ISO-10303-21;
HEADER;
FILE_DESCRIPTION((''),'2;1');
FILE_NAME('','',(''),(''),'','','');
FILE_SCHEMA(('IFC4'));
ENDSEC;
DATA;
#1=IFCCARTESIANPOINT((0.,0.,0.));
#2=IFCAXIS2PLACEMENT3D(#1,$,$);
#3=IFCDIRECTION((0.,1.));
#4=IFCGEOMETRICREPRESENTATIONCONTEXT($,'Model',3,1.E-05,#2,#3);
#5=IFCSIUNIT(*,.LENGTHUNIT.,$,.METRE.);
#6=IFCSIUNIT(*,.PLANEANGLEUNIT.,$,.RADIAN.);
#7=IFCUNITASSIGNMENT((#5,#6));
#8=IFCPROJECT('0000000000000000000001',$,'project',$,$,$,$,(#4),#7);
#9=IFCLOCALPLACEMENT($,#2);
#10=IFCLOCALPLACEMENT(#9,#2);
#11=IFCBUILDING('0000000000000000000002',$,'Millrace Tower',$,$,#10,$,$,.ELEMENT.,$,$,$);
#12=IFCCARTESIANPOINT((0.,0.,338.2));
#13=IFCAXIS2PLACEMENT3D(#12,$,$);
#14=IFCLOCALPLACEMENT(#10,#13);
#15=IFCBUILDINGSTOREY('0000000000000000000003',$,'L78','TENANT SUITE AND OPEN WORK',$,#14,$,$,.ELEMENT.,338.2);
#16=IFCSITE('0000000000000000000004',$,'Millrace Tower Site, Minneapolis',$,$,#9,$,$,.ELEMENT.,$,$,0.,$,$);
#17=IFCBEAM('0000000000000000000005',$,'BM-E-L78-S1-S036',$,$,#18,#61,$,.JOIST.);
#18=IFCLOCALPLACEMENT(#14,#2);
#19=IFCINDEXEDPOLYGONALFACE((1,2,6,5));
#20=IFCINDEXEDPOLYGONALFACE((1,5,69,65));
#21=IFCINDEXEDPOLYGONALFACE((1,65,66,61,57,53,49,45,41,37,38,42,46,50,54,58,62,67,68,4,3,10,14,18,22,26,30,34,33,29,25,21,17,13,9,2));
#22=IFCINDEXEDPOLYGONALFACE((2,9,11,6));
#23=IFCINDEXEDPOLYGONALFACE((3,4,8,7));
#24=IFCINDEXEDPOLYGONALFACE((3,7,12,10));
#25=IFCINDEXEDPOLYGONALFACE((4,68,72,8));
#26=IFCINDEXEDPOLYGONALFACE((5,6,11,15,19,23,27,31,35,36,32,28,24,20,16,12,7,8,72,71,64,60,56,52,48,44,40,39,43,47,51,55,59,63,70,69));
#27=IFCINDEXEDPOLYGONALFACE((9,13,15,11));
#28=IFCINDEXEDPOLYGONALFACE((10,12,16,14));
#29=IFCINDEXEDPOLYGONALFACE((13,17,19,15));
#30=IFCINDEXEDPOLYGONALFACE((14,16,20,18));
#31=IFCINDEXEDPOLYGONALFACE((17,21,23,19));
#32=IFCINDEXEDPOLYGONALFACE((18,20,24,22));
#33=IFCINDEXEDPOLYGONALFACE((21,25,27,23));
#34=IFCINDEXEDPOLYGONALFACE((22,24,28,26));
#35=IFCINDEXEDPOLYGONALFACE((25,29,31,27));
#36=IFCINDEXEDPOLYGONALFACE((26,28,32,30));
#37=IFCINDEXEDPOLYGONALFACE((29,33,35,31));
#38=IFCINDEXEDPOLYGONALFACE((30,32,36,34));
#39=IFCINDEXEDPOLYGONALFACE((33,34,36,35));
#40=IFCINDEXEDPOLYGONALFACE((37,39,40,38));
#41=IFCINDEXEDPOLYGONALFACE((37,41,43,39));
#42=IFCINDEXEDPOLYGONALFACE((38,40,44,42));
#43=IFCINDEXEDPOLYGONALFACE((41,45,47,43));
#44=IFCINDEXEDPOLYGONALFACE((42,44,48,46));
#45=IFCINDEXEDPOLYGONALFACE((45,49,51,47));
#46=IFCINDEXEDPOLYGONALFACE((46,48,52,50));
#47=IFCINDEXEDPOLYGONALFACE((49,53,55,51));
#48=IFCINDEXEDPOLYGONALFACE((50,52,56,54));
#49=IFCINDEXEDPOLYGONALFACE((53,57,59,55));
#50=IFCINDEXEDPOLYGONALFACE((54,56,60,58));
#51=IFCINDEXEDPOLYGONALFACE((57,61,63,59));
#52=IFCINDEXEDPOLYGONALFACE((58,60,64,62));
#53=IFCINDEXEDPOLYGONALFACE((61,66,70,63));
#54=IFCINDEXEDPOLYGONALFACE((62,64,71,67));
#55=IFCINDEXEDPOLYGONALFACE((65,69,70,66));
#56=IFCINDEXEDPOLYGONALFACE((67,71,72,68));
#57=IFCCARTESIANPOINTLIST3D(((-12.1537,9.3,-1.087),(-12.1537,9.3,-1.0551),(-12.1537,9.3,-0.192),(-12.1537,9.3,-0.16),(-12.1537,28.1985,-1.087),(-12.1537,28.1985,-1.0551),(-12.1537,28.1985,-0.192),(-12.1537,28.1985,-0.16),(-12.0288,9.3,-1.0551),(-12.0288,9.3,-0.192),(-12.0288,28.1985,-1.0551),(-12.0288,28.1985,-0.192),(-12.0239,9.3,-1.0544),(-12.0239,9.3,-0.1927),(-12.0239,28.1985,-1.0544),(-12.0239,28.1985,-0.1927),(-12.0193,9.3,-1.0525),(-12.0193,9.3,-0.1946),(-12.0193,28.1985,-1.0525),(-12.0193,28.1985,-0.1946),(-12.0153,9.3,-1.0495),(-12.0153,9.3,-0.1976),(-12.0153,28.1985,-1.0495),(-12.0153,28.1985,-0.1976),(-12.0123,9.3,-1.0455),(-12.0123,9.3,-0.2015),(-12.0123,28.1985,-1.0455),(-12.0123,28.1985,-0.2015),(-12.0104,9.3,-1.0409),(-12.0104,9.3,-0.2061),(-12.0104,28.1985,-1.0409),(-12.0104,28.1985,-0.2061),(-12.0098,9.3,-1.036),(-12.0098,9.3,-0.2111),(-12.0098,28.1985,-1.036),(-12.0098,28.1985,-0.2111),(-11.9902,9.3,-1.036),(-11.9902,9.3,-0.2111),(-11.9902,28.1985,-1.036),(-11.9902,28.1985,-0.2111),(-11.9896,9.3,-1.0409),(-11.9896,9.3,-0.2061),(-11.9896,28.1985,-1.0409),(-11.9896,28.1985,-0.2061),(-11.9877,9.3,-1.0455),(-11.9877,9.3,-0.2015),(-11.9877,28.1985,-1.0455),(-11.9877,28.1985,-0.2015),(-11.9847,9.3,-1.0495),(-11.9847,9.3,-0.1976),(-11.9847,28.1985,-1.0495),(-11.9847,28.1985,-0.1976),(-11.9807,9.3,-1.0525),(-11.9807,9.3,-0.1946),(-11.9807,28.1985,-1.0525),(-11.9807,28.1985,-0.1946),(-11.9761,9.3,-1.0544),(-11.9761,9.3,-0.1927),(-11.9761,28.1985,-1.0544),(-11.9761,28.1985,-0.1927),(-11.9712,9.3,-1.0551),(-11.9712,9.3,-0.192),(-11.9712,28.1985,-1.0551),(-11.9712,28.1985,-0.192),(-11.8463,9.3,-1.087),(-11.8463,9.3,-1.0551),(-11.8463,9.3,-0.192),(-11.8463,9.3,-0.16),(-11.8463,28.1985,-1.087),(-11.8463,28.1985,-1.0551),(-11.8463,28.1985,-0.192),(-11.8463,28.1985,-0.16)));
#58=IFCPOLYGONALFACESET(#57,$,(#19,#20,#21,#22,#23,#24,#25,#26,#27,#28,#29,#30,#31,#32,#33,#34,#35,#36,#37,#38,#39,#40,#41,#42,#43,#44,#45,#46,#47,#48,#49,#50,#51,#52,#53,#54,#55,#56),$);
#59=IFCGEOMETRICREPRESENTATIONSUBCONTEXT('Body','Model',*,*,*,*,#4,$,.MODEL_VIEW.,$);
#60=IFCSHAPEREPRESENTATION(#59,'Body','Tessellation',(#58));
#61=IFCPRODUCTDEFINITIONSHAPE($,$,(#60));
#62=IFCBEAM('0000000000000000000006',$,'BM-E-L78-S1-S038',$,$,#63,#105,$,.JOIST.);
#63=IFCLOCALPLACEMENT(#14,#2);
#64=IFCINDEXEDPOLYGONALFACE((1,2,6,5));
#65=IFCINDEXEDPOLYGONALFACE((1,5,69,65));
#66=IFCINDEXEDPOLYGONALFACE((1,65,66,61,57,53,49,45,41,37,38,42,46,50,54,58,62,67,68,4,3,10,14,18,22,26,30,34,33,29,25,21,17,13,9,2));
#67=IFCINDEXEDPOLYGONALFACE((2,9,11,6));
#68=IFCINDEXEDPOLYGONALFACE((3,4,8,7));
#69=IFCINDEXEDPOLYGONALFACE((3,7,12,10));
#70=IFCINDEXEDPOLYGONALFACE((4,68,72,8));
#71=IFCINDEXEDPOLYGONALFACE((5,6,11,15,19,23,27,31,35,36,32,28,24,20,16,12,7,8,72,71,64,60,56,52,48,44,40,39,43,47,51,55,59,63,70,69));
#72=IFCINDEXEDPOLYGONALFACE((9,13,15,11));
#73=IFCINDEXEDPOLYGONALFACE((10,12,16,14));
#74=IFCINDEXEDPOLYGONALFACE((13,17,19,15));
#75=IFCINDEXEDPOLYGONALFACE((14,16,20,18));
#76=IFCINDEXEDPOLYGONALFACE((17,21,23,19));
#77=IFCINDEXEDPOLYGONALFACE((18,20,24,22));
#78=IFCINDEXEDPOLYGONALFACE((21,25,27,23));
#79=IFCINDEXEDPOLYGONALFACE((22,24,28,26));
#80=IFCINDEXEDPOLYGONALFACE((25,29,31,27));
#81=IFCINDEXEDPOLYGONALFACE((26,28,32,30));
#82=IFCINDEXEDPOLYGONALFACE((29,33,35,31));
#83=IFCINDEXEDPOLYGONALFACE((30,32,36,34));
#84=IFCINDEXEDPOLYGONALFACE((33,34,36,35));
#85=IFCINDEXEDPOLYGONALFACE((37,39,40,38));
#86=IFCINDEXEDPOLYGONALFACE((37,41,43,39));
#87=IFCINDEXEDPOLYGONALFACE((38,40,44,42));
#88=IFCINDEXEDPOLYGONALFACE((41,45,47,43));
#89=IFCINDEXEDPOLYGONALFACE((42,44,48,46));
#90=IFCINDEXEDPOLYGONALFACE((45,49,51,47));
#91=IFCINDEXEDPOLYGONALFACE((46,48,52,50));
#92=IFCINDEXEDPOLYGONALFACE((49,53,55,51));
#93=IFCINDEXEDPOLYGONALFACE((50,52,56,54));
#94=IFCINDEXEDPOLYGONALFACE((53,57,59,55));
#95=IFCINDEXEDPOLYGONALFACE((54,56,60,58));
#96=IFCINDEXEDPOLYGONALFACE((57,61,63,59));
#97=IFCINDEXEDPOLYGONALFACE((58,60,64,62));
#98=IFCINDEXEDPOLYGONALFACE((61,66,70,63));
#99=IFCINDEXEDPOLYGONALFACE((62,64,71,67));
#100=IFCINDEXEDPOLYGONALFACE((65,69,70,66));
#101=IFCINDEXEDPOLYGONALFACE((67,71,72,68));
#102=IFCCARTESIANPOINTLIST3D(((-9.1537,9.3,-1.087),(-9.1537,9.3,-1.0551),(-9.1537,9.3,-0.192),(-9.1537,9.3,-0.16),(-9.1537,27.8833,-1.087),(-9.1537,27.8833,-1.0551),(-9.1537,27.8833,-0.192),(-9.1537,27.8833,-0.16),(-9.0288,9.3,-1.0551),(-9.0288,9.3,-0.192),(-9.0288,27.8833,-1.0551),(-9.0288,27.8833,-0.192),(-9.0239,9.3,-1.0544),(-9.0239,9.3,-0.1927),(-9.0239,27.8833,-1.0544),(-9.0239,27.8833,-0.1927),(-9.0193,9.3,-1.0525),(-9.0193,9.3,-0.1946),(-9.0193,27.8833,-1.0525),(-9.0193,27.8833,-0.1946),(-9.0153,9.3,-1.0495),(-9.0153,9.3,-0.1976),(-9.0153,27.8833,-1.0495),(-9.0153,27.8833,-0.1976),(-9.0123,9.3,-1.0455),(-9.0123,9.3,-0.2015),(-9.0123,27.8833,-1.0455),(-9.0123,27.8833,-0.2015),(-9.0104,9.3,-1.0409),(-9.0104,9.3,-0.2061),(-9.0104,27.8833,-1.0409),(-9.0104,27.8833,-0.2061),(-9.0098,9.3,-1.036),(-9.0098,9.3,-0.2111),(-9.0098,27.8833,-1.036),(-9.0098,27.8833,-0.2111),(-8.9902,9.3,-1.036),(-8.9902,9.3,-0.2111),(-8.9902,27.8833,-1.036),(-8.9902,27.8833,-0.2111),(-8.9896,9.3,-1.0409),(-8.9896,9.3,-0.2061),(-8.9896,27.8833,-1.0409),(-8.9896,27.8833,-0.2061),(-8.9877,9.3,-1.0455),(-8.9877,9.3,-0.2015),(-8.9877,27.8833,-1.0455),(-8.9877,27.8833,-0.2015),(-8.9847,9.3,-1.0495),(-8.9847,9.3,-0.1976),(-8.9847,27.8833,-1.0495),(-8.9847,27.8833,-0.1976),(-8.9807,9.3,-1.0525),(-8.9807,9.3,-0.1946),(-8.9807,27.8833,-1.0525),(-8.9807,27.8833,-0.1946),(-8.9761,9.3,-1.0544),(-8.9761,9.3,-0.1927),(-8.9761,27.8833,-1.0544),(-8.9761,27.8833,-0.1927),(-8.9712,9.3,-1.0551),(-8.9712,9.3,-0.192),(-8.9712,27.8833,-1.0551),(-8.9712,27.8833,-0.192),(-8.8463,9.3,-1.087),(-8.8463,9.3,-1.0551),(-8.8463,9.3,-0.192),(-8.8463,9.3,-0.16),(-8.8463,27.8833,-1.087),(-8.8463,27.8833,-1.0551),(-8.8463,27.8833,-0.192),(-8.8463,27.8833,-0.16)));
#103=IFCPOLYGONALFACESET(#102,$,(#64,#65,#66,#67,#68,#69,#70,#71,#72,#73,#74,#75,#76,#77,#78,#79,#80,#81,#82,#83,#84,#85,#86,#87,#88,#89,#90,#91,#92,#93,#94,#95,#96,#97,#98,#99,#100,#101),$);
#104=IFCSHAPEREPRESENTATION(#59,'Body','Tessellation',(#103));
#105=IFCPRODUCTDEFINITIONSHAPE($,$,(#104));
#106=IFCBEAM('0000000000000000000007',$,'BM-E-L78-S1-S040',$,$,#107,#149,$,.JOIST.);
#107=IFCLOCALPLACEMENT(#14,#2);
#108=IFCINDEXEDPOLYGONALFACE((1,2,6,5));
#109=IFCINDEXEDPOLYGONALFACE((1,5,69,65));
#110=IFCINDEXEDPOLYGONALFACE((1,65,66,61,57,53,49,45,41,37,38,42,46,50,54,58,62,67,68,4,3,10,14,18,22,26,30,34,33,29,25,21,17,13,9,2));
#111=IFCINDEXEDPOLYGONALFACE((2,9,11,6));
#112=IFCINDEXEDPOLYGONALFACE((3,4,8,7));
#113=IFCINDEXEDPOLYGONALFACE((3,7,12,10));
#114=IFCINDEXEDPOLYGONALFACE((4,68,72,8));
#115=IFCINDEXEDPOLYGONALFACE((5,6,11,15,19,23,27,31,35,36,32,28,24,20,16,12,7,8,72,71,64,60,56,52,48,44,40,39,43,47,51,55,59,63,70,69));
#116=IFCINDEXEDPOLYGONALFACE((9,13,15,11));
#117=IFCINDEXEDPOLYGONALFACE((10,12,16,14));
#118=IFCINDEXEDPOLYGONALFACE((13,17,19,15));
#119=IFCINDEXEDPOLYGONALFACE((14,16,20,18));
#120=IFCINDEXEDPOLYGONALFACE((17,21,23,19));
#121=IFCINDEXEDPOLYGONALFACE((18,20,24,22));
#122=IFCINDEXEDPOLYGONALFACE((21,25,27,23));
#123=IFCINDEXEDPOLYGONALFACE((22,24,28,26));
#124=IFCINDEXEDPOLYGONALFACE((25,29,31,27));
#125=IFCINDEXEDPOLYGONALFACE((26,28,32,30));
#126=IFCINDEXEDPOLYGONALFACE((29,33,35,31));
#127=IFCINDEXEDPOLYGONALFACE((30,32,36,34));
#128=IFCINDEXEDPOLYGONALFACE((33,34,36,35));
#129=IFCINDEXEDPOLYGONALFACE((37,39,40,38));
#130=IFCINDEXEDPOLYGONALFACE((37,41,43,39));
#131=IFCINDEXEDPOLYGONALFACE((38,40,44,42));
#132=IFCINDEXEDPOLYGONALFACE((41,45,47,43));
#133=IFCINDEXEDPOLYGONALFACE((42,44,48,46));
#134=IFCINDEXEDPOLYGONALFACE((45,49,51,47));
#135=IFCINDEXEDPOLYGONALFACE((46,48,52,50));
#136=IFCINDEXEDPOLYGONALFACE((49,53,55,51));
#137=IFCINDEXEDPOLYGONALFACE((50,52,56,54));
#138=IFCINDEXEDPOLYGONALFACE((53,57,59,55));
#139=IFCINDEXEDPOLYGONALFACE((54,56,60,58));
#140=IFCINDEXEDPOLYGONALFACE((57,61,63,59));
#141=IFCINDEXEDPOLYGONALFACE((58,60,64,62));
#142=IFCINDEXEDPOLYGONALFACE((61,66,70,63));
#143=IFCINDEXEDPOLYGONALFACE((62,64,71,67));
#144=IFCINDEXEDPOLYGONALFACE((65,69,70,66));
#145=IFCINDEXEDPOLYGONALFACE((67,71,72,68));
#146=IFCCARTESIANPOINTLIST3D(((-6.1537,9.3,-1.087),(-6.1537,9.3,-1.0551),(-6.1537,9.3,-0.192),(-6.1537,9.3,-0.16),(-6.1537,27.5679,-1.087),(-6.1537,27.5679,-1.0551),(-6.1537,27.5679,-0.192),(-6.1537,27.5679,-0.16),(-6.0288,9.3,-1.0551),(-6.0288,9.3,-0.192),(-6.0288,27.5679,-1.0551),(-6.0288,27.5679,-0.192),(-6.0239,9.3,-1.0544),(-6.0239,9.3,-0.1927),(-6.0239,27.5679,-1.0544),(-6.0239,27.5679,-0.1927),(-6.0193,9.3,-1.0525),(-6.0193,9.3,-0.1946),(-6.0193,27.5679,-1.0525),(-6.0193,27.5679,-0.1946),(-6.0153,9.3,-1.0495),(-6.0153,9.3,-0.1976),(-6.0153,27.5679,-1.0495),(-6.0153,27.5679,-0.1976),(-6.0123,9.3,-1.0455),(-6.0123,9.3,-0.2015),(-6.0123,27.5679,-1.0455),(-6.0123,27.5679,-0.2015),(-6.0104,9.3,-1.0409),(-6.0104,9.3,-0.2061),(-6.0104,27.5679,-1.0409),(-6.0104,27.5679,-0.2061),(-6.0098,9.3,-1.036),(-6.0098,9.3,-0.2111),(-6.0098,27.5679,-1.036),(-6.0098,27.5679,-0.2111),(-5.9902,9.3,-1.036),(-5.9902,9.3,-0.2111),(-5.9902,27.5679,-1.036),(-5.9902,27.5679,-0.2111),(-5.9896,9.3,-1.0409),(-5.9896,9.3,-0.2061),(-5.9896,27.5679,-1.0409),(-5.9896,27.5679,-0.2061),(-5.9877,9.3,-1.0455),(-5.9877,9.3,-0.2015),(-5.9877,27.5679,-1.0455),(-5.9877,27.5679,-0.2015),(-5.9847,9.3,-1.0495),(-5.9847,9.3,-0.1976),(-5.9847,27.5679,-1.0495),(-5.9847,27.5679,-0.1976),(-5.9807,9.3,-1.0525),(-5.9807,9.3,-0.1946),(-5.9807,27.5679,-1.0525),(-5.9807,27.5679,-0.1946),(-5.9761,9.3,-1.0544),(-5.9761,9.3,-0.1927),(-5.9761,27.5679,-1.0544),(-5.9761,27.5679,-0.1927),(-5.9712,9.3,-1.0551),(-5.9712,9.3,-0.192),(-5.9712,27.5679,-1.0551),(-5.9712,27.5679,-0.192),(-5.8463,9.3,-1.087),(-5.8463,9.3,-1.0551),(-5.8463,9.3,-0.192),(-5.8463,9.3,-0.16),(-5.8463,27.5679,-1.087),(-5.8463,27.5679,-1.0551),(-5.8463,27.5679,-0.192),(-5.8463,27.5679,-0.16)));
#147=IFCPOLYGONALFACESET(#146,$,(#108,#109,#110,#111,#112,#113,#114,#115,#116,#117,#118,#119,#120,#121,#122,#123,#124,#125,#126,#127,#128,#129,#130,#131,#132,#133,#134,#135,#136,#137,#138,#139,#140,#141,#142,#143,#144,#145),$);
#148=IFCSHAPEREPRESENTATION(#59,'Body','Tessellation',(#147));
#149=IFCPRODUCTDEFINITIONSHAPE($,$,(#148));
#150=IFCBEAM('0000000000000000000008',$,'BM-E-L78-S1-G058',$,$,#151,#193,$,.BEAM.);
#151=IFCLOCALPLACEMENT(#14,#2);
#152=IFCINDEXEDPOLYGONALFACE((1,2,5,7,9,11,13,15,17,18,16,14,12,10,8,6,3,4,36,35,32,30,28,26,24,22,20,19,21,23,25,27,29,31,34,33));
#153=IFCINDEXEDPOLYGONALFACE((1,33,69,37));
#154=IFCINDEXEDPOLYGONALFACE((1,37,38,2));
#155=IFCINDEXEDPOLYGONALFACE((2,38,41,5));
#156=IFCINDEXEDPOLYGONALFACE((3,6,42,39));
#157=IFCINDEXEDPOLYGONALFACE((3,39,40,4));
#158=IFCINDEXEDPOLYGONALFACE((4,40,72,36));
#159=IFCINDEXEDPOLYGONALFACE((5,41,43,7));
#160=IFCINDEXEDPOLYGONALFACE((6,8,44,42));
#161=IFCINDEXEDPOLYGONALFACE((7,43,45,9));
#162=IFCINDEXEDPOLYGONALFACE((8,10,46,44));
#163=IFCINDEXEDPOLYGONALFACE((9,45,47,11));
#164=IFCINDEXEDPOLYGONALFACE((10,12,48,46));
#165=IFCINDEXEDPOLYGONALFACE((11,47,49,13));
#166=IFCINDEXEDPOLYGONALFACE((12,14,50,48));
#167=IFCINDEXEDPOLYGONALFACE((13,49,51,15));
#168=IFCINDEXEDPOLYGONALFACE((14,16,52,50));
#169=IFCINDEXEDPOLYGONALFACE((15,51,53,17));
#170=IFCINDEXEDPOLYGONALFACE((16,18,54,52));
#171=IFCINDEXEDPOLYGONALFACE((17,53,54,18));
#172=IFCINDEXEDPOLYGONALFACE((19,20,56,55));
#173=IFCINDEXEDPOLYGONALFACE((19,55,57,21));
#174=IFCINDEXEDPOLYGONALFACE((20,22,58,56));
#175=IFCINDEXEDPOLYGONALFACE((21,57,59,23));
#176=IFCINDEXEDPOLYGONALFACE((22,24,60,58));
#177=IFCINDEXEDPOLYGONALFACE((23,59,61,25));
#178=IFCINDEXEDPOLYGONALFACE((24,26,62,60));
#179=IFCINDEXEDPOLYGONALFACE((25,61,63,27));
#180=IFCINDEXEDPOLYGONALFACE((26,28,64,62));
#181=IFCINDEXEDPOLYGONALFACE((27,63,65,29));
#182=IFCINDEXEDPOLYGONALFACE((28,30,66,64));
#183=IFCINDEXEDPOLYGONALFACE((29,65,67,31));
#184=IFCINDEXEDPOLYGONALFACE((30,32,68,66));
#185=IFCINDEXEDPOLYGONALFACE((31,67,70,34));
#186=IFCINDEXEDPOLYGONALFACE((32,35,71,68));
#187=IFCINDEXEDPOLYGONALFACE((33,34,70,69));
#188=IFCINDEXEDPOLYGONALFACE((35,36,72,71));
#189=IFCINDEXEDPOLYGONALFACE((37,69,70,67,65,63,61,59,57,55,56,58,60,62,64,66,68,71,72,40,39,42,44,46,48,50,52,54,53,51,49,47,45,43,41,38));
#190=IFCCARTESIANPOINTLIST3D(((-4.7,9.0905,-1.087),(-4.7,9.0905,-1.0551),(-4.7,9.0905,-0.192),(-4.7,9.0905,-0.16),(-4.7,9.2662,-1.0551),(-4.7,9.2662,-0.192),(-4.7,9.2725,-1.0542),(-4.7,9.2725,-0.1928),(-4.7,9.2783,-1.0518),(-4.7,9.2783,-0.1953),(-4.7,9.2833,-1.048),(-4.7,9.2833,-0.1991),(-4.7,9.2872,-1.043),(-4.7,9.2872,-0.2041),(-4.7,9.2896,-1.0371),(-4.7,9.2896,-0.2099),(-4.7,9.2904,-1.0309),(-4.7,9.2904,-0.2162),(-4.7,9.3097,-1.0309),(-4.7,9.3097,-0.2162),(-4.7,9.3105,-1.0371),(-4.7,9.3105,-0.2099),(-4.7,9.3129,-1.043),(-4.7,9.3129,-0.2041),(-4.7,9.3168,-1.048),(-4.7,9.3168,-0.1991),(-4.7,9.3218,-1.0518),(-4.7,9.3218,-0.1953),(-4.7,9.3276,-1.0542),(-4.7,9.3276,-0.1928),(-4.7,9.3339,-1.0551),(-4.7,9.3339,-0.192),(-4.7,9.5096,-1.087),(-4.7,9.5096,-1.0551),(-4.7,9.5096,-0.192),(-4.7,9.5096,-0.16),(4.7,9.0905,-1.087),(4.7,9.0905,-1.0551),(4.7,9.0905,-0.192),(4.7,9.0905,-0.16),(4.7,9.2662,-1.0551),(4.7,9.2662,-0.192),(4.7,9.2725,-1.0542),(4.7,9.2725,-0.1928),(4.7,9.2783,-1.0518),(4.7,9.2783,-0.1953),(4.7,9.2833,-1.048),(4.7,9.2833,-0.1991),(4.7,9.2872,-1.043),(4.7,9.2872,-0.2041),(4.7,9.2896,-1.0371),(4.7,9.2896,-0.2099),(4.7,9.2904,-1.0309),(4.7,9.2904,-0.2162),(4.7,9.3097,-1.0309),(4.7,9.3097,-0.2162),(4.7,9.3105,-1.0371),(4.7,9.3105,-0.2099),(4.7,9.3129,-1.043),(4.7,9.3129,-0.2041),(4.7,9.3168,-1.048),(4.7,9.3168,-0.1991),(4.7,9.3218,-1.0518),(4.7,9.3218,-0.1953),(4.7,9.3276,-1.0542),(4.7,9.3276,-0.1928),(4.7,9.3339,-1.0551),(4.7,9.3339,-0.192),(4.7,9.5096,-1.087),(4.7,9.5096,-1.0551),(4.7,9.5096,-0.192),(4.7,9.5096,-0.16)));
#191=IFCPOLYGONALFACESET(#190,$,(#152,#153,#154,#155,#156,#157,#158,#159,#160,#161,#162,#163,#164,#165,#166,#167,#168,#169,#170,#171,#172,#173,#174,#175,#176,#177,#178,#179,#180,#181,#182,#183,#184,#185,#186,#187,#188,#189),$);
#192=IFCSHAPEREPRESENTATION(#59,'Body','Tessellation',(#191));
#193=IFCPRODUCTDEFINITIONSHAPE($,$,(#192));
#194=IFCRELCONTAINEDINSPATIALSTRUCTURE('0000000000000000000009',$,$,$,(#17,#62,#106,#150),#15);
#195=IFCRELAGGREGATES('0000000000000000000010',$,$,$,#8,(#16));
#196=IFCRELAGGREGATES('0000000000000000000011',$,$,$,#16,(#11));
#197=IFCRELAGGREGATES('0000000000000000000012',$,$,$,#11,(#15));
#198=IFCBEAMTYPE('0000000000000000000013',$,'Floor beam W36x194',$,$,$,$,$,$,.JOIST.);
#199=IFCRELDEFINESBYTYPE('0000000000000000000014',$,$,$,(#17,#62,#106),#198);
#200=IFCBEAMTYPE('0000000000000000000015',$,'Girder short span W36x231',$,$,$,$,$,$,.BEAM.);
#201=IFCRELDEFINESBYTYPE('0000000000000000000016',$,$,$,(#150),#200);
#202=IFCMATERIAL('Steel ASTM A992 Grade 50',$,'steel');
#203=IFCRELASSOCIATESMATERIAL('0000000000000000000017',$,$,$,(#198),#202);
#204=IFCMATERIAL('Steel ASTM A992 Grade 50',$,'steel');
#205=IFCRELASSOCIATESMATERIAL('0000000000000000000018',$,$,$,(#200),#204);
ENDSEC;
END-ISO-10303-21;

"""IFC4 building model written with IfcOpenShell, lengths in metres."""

from ifc_helpers import new_model, si_unit, direction, frame, origin, origin_2d, place, context, subcontext, project, spatial, i_section, extrude, material, material_profile, profile_set, type_object, element, save


model = new_model("IFC4")

# Units and contexts
model_context = context("Model", 3, precision=1e-05, world=origin(), true_north=direction((0.0, 1.0)))
body_context = subcontext(model_context, "Body", "Model", "MODEL_VIEW")
ifc_project = project(units=[si_unit("LENGTHUNIT", "METRE"), si_unit("PLANEANGLEUNIT", "RADIAN")], contexts=[model_context])

# Site, building, storey
site_placement = place(None, origin())
site = spatial("IfcSite", under=ifc_project, at=site_placement, Name="Millrace Tower Site, Minneapolis", CompositionType="ELEMENT", RefElevation=0.0)
building_placement = place(site_placement, origin())
building = spatial("IfcBuilding", under=site, at=building_placement, Name="Millrace Tower", CompositionType="ELEMENT")
storey_placement = place(building_placement, frame((0.0, 0.0, 338.2)))
storey = spatial("IfcBuildingStorey", under=building, at=storey_placement, Name="L78", Description="TENANT SUITE AND OPEN WORK", CompositionType="ELEMENT", Elevation=338.2)

# Beams
ifc_material_1 = material(Name="Steel ASTM A992 Grade 50", Category="steel")
ifc_material_profile_1 = material_profile(ifc_material_1, i_section(OverallWidth=0.3074, OverallDepth=0.927, WebThickness=0.0195, FlangeThickness=0.032, FilletRadius=0.019, at=origin_2d()))
ifc_profile_set_1 = profile_set([ifc_material_profile_1], Name="Steel ASTM A992 Grade 50")
beam_type_1 = type_object("IfcBeamType", Name="Floor beam W36x194", PredefinedType="JOIST", material=ifc_profile_set_1)
beam_1_placement = place(storey_placement, frame((-12.0, 9.3, -0.6235), z_axis=(0.0, 1.0, 0.0), x_axis=(-1.0, 0.0, 0.0)))
element("IfcBeam", 1, at=beam_1_placement, inside=storey, type_object=beam_type_1, Name="BM-E-L78-S1-S036", PredefinedType="JOIST", context=body_context, shape_type="SweptSolid", body=[
    extrude(i_section(OverallWidth=0.3074, OverallDepth=0.927, WebThickness=0.0195, FlangeThickness=0.032, FilletRadius=0.019, at=origin_2d()), origin(), (0.0, 0.0, 1.0), 18.8984),
])
beam_2_placement = place(storey_placement, frame((-9.0, 9.3, -0.6235), z_axis=(0.0, 1.0, 0.0), x_axis=(-1.0, 0.0, 0.0)))
element("IfcBeam", 2, at=beam_2_placement, inside=storey, type_object=beam_type_1, Name="BM-E-L78-S1-S038", PredefinedType="JOIST", context=body_context, shape_type="SweptSolid", body=[
    extrude(i_section(OverallWidth=0.3074, OverallDepth=0.927, WebThickness=0.0195, FlangeThickness=0.032, FilletRadius=0.019, at=origin_2d()), origin(), (0.0, 0.0, 1.0), 18.5833),
])
beam_3_placement = place(storey_placement, frame((-6.0, 9.3, -0.6235), z_axis=(0.0, 1.0, 0.0), x_axis=(-1.0, 0.0, 0.0)))
element("IfcBeam", 3, at=beam_3_placement, inside=storey, type_object=beam_type_1, Name="BM-E-L78-S1-S040", PredefinedType="JOIST", context=body_context, shape_type="SweptSolid", body=[
    extrude(i_section(OverallWidth=0.3074, OverallDepth=0.927, WebThickness=0.0195, FlangeThickness=0.032, FilletRadius=0.019, at=origin_2d()), origin(), (0.0, 0.0, 1.0), 18.2678),
])
ifc_material_2 = material(Name="Steel ASTM A992 Grade 50", Category="steel")
ifc_material_profile_2 = material_profile(ifc_material_2, i_section(OverallWidth=0.4192, OverallDepth=0.927, WebThickness=0.0193, FlangeThickness=0.032, FilletRadius=0.0242, at=origin_2d()))
ifc_profile_set_2 = profile_set([ifc_material_profile_2], Name="Steel ASTM A992 Grade 50")
beam_type_2 = type_object("IfcBeamType", Name="Girder short span W36x231", PredefinedType="BEAM", material=ifc_profile_set_2)
beam_4_placement = place(storey_placement, frame((-4.7, 9.3, -0.6235), z_axis=(1.0, 0.0, 0.0), x_axis=(0.0, 1.0, 0.0)))
element("IfcBeam", 4, at=beam_4_placement, inside=storey, type_object=beam_type_2, Name="BM-E-L78-S1-G058", PredefinedType="BEAM", context=body_context, shape_type="SweptSolid", body=[
    extrude(i_section(OverallWidth=0.4192, OverallDepth=0.927, WebThickness=0.0193, FlangeThickness=0.032, FilletRadius=0.0242, at=origin_2d()), origin(), (0.0, 0.0, 1.0), 9.3999),
])

save(model, "model.ifc")
